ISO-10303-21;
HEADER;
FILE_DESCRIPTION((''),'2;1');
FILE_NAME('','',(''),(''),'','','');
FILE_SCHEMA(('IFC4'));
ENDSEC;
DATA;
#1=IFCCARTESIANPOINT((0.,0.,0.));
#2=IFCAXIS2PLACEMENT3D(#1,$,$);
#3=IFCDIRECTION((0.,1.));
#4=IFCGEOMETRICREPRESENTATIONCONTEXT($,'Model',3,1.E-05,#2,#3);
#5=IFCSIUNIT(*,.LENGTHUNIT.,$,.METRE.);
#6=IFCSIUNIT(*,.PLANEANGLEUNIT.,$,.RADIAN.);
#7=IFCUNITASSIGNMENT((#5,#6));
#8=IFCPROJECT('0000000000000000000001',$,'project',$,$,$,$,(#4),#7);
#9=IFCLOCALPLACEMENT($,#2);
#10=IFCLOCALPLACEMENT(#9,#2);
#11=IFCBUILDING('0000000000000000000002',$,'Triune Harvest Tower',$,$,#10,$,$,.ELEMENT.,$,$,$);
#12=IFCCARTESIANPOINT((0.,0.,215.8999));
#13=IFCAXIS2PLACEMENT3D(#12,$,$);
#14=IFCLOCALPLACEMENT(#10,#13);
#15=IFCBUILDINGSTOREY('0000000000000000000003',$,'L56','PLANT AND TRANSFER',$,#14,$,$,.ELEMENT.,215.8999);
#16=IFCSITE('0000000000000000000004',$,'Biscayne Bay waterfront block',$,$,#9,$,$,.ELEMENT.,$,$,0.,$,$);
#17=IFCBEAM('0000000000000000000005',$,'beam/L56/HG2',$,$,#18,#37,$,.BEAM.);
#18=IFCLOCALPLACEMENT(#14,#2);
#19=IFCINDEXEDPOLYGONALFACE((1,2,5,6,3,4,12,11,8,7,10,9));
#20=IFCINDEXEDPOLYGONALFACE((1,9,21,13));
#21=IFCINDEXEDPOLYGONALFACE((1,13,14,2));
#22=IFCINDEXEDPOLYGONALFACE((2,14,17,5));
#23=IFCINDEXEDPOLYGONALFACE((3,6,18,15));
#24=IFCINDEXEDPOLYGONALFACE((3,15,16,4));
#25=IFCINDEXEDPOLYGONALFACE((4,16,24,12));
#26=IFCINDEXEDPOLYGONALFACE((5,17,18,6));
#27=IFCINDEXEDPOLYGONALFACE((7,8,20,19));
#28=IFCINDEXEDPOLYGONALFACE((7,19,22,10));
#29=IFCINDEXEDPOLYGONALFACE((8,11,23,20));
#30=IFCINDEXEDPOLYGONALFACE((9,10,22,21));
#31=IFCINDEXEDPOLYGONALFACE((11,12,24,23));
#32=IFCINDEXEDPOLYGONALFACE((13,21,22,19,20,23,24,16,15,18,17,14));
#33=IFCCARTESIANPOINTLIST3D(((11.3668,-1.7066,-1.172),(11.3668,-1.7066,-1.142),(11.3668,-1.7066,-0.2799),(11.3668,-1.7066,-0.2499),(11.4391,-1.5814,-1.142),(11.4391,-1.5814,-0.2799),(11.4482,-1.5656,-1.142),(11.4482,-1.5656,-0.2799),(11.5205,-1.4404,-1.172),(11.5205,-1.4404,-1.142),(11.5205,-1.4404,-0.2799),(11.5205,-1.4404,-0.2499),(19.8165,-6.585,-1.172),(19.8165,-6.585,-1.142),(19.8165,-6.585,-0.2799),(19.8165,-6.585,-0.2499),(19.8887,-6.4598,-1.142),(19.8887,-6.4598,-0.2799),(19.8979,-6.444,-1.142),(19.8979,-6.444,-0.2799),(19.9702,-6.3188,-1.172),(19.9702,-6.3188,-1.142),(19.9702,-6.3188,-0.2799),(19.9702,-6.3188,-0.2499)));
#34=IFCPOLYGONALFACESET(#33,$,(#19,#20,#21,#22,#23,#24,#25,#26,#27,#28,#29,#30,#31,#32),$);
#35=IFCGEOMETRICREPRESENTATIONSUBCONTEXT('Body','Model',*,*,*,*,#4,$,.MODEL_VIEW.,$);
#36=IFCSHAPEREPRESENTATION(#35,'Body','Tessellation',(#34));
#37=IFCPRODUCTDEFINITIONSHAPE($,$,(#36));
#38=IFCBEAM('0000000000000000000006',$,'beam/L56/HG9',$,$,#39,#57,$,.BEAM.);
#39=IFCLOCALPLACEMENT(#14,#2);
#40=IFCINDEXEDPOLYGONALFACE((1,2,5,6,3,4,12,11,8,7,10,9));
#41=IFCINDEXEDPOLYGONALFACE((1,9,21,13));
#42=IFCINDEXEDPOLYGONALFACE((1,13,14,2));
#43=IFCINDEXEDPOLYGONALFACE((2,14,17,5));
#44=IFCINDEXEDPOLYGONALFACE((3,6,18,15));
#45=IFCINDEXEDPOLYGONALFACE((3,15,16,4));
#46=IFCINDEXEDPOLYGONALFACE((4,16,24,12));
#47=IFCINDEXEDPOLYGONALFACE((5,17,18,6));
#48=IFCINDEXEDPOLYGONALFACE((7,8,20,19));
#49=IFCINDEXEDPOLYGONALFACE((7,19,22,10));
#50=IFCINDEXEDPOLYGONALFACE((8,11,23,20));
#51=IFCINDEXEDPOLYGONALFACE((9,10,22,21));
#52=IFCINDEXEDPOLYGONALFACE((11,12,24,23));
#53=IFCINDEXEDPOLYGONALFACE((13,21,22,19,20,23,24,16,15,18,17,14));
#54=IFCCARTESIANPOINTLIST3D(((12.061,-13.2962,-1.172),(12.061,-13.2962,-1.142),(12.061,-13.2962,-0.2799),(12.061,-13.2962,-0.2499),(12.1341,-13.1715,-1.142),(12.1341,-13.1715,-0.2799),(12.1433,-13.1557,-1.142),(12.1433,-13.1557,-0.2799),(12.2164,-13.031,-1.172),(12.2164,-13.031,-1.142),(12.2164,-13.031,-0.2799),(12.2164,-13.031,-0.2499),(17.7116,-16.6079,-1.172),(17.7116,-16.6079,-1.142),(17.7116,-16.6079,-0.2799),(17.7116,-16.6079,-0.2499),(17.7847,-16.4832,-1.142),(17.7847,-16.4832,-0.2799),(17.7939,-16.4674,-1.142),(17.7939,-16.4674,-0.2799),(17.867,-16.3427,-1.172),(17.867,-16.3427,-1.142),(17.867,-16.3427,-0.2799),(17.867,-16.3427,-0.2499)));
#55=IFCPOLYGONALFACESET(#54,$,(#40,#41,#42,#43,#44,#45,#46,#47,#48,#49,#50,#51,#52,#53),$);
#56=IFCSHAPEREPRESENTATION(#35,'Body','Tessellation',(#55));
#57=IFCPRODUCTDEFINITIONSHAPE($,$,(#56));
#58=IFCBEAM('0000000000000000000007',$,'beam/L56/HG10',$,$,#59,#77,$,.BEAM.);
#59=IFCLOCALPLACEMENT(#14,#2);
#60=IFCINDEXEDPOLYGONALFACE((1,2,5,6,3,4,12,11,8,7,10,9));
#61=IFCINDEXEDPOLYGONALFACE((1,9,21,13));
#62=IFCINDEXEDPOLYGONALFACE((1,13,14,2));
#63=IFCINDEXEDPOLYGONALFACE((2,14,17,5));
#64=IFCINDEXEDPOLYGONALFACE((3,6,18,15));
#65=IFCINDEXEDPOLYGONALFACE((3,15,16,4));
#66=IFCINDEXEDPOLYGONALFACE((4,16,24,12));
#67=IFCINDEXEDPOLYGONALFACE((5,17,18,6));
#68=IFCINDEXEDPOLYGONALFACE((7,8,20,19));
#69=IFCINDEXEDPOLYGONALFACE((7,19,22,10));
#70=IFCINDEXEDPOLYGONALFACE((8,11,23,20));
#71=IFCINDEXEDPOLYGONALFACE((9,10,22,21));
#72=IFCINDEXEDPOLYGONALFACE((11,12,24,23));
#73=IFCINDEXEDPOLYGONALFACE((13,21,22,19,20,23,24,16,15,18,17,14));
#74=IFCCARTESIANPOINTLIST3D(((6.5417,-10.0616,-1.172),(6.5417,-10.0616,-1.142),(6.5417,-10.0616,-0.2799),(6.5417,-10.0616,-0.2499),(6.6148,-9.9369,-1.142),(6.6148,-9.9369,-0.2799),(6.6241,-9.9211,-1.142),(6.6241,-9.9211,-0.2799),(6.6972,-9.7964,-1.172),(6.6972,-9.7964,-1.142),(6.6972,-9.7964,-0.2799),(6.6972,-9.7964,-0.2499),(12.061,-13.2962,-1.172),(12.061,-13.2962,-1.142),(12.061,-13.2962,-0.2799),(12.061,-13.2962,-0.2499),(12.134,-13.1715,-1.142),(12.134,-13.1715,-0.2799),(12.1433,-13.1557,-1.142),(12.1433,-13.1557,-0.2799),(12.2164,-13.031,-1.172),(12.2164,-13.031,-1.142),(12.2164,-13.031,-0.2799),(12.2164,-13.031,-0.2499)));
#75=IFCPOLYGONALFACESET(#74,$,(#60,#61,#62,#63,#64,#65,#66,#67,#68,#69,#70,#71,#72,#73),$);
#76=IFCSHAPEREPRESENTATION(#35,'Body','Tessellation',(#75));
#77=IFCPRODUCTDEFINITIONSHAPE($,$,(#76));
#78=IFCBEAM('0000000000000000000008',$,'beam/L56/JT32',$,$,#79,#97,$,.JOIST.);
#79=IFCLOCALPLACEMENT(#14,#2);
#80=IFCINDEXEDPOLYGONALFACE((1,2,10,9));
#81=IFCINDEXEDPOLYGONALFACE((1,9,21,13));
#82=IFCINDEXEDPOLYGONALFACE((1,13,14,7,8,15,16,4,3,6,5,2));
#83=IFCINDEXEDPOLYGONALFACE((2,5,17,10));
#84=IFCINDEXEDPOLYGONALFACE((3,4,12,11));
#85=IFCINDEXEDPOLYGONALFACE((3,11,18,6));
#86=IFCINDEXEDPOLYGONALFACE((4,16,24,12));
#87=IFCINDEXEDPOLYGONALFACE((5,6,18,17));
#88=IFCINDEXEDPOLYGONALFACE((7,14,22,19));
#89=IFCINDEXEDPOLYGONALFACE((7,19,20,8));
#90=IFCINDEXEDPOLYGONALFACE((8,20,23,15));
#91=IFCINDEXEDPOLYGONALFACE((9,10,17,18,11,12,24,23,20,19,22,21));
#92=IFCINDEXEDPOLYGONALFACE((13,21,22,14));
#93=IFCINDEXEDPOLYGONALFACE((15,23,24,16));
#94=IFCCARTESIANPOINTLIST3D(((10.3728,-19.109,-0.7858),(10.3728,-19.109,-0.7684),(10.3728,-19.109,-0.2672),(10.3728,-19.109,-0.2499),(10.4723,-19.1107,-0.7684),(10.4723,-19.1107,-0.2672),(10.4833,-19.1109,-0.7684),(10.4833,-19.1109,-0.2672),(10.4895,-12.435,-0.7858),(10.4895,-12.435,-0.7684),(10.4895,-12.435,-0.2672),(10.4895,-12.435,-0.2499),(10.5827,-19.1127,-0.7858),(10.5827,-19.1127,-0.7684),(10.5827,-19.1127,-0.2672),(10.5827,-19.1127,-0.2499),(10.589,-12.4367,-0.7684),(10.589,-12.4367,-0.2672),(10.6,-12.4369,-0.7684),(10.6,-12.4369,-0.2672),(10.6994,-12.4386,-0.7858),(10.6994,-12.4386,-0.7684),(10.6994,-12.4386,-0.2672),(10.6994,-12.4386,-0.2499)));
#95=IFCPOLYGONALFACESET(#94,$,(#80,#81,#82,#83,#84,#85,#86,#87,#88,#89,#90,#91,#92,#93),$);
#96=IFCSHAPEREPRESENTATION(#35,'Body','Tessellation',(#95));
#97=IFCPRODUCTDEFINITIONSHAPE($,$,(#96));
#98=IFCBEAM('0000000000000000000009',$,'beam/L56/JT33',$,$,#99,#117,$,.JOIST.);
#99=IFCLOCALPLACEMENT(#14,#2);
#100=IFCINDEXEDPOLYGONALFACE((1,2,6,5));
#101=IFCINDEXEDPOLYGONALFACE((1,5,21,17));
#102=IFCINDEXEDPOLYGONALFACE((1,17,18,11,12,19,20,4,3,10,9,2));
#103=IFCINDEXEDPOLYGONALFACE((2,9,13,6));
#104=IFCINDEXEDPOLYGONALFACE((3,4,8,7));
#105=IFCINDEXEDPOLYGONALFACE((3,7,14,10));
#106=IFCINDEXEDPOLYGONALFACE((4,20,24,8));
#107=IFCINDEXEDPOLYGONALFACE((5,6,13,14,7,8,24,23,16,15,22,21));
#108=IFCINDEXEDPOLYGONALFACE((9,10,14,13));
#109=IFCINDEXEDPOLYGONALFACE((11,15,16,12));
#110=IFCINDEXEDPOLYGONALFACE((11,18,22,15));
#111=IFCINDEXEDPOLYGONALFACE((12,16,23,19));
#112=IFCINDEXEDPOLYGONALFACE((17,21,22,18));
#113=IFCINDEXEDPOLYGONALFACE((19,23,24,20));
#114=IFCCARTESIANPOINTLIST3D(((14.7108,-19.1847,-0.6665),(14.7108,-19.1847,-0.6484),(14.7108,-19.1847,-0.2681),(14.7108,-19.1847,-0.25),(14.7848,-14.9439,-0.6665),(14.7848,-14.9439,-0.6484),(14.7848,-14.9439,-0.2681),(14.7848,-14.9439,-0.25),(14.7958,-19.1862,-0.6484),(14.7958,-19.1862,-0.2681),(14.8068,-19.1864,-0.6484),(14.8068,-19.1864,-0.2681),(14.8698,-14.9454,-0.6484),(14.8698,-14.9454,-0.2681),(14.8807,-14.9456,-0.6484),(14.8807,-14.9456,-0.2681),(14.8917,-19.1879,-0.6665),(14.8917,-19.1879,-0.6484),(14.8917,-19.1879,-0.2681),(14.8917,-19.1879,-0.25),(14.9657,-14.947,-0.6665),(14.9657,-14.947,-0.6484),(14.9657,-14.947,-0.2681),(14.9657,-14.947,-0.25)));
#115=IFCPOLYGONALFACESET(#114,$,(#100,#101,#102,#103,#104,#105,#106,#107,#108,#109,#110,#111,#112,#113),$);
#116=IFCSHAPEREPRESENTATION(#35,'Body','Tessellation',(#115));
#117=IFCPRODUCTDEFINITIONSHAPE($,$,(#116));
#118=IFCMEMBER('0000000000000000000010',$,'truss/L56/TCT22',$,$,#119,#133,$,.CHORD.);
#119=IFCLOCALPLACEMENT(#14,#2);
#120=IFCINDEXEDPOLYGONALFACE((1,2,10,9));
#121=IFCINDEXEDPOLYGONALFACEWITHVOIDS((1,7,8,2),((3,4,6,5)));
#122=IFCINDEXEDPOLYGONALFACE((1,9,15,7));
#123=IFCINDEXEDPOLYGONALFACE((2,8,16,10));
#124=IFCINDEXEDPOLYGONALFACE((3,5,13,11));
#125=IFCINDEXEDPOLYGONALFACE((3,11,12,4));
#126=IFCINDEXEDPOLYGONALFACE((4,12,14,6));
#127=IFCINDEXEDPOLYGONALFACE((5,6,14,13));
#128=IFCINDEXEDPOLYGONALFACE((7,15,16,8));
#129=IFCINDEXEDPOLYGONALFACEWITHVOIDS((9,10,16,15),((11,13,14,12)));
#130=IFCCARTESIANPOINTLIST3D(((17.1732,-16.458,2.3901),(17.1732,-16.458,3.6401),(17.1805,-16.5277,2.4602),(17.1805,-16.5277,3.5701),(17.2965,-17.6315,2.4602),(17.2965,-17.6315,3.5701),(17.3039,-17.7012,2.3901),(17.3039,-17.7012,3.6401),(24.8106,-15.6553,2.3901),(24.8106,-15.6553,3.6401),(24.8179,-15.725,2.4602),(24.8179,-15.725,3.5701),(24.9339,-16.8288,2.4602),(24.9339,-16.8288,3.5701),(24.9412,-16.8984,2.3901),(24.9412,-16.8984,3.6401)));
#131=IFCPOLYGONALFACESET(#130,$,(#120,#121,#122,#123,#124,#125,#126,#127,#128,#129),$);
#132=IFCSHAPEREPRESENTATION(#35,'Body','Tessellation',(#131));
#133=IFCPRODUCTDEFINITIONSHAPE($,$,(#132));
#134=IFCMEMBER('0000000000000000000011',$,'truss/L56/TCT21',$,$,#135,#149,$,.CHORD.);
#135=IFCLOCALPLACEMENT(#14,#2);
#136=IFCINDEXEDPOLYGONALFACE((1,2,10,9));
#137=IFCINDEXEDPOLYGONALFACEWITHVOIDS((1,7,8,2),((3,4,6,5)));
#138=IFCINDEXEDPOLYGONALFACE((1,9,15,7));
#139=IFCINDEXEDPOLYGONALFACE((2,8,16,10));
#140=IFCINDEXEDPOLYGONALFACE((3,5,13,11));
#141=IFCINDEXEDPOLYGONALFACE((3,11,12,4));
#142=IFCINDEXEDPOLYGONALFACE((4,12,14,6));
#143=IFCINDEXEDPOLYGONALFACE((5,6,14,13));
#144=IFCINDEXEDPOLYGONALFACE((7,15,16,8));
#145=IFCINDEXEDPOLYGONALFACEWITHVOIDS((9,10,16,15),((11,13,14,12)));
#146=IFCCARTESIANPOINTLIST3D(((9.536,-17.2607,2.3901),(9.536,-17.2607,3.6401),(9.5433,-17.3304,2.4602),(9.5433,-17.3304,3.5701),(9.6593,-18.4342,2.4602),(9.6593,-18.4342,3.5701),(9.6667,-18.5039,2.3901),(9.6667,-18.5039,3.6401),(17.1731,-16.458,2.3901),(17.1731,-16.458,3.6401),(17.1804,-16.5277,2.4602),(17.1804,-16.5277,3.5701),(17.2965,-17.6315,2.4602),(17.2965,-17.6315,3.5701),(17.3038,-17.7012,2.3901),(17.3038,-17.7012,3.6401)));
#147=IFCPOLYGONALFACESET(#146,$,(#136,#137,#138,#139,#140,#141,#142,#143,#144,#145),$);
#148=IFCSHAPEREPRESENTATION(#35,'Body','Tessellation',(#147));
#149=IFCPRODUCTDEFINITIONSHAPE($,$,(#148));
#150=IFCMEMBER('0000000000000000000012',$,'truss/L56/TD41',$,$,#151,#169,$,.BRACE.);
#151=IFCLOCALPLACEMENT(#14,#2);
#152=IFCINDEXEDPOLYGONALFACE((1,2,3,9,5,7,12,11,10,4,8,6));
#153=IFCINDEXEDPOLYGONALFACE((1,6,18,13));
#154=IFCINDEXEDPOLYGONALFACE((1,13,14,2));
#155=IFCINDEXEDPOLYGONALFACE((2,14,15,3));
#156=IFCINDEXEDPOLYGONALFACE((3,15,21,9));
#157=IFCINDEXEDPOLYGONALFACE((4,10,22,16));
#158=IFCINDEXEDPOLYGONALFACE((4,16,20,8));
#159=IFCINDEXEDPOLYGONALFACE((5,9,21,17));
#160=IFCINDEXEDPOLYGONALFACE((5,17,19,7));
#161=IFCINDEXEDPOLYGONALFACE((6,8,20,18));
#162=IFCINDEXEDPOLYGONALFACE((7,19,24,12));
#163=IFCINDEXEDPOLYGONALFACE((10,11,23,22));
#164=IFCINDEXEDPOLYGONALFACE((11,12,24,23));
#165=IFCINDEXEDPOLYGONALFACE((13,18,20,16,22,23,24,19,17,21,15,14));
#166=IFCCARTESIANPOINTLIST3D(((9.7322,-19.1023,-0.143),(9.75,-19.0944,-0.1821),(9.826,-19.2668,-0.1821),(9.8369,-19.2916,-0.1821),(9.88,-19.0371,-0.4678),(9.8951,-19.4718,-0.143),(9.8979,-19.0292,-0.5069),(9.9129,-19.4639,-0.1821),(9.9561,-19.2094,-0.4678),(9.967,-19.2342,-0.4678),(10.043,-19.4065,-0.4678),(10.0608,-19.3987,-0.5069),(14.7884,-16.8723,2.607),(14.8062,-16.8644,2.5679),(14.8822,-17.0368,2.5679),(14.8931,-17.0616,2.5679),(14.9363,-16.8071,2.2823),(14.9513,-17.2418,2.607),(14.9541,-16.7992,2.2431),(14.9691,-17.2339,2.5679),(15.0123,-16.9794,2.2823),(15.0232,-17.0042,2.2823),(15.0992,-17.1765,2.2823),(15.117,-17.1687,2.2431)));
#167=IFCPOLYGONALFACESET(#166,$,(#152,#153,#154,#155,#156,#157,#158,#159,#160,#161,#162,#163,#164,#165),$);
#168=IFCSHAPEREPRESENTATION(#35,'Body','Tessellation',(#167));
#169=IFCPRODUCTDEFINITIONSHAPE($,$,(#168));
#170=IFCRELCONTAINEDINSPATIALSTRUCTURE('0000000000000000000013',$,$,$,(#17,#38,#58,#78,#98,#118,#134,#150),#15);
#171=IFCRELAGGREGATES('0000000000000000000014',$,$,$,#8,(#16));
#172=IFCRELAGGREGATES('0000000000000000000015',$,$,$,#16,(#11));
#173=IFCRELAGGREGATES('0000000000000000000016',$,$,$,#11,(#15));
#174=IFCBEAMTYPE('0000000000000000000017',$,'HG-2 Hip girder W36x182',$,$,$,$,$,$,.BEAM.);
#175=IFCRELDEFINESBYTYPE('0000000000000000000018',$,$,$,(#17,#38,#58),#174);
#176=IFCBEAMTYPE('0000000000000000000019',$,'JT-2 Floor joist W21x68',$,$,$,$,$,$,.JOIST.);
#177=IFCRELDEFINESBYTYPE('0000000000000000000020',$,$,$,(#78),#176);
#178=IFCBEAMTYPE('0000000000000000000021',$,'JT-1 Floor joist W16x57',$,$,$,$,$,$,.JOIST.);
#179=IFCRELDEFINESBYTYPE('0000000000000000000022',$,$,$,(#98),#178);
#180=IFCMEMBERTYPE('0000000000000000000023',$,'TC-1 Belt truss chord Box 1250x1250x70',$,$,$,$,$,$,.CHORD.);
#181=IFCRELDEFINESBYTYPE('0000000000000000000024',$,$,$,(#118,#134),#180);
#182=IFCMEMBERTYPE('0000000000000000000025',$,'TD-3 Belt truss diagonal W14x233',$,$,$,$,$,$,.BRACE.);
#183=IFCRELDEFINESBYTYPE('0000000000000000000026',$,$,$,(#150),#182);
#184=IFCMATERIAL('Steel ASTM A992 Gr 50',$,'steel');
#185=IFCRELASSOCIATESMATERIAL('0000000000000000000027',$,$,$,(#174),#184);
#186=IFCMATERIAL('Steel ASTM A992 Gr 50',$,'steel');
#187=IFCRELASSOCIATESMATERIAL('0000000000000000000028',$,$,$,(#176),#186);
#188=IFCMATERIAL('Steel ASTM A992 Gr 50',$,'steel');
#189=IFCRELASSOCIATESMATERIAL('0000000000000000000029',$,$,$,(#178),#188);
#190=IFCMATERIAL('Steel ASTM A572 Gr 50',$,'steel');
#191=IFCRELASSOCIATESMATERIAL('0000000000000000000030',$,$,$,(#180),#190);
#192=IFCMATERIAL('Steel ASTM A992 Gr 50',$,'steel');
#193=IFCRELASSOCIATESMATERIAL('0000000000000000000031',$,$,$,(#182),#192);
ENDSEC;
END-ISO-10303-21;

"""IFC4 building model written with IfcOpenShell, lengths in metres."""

from ifc_helpers import new_model, si_unit, direction, frame, origin, origin_2d, place, context, subcontext, project, spatial, hollow_rectangle, i_section, extrude, source, transform, mapped, material, material_profile, profile_set, type_object, element, save


model = new_model("IFC4")

# Units and contexts
model_context = context("Model", 3, precision=1e-05, world=origin(), true_north=direction((0.0, 1.0)))
body_context = subcontext(model_context, "Body", "Model", "MODEL_VIEW")
ifc_project = project(units=[si_unit("LENGTHUNIT", "METRE"), si_unit("PLANEANGLEUNIT", "RADIAN")], contexts=[model_context])

# Site, building, storey
site_placement = place(None, origin())
site = spatial("IfcSite", under=ifc_project, at=site_placement, Name="Biscayne Bay waterfront block", CompositionType="ELEMENT", RefElevation=0.0)
building_placement = place(site_placement, origin())
building = spatial("IfcBuilding", under=site, at=building_placement, Name="Triune Harvest Tower", CompositionType="ELEMENT")
storey_placement = place(building_placement, frame((0.0, 0.0, 215.8999)))
storey = spatial("IfcBuildingStorey", under=building, at=storey_placement, Name="L56", Description="PLANT AND TRANSFER", CompositionType="ELEMENT", Elevation=215.8999)

# Beams
ifc_material_1 = material(Name="Steel ASTM A992 Gr 50", Category="steel")
ifc_material_profile_1 = material_profile(ifc_material_1, i_section(OverallWidth=0.3074, OverallDepth=0.9221, WebThickness=0.0183, FlangeThickness=0.03, at=origin_2d()), Name="W36x182")
ifc_profile_set_1 = profile_set([ifc_material_profile_1], Name="Steel ASTM A992 Gr 50")
beam_type_1 = type_object("IfcBeamType", Name="HG-2 Hip girder W36x182", PredefinedType="BEAM", material=ifc_profile_set_1)
shared_shape_1 = source(origin(), body_context, "Body", "SweptSolid", [
    extrude(i_section(OverallWidth=0.3074, OverallDepth=0.9221, WebThickness=0.0183, FlangeThickness=0.03, at=origin_2d()), origin(), (0.0, 0.0, 1.0), 9.7568),
])
beam_1_placement = place(storey_placement, frame((19.8933, -6.4519, -0.7109), z_axis=(-0.866026, 0.499998, 0.0), x_axis=(-0.499998, -0.866026, 0.0)))
element("IfcBeam", 1, at=beam_1_placement, inside=storey, type_object=beam_type_1, Name="beam/L56/HG2", PredefinedType="BEAM", context=body_context, shape_type="MappedRepresentation", body=[
    mapped(shared_shape_1, transform((0.0, 0.0, 0.0), scale=1.0)),
])
shared_shape_2 = source(origin(), body_context, "Body", "SweptSolid", [
    extrude(i_section(OverallWidth=0.3074, OverallDepth=0.9221, WebThickness=0.0183, FlangeThickness=0.03, at=origin_2d()), origin(), (0.0, 0.0, 1.0), 6.5496),
])
beam_2_placement = place(storey_placement, frame((17.7893, -16.4753, -0.7109), z_axis=(-0.862743, 0.505643, 0.0), x_axis=(-0.505643, -0.862743, 0.0)))
element("IfcBeam", 2, at=beam_2_placement, inside=storey, type_object=beam_type_1, Name="beam/L56/HG9", PredefinedType="BEAM", context=body_context, shape_type="MappedRepresentation", body=[
    mapped(shared_shape_2, transform((0.0, 0.0, 0.0), scale=1.0)),
])
shared_shape_3 = source(origin(), body_context, "Body", "SweptSolid", [
    extrude(i_section(OverallWidth=0.3074, OverallDepth=0.9221, WebThickness=0.0183, FlangeThickness=0.03, at=origin_2d()), origin(), (0.0, 0.0, 1.0), 6.3972),
])
beam_3_placement = place(storey_placement, frame((12.1387, -13.1636, -0.7109), z_axis=(-0.862754, 0.505624, 0.0), x_axis=(-0.505624, -0.862754, 0.0)))
element("IfcBeam", 3, at=beam_3_placement, inside=storey, type_object=beam_type_1, Name="beam/L56/HG10", PredefinedType="BEAM", context=body_context, shape_type="MappedRepresentation", body=[
    mapped(shared_shape_3, transform((0.0, 0.0, 0.0), scale=1.0)),
])
ifc_material_2 = material(Name="Steel ASTM A992 Gr 50", Category="steel")
ifc_material_profile_2 = material_profile(ifc_material_2, i_section(OverallWidth=0.21, OverallDepth=0.5359, WebThickness=0.011, FlangeThickness=0.0173, at=origin_2d()), Name="W21x68")
ifc_profile_set_2 = profile_set([ifc_material_profile_2], Name="Steel ASTM A992 Gr 50")
beam_type_2 = type_object("IfcBeamType", Name="JT-2 Floor joist W21x68", PredefinedType="JOIST", material=ifc_profile_set_2)
shared_shape_4 = source(origin(), body_context, "Body", "SweptSolid", [
    extrude(i_section(OverallWidth=0.21, OverallDepth=0.5359, WebThickness=0.011, FlangeThickness=0.0173, at=origin_2d()), origin(), (0.0, 0.0, 1.0), 6.675),
])
beam_4_placement = place(storey_placement, frame((10.4778, -19.1108, -0.5178), z_axis=(0.017483, 0.999847, 0.0), x_axis=(-0.999847, 0.017483, 0.0)))
element("IfcBeam", 4, at=beam_4_placement, inside=storey, type_object=beam_type_2, Name="beam/L56/JT32", PredefinedType="JOIST", context=body_context, shape_type="MappedRepresentation", body=[
    mapped(shared_shape_4, transform((0.0, 0.0, 0.0), scale=1.0)),
])
ifc_material_3 = material(Name="Steel ASTM A992 Gr 50", Category="steel")
ifc_material_profile_3 = material_profile(ifc_material_3, i_section(OverallWidth=0.1809, OverallDepth=0.4165, WebThickness=0.011, FlangeThickness=0.0181, at=origin_2d()), Name="W16x57")
ifc_profile_set_3 = profile_set([ifc_material_profile_3], Name="Steel ASTM A992 Gr 50")
beam_type_3 = type_object("IfcBeamType", Name="JT-1 Floor joist W16x57", PredefinedType="JOIST", material=ifc_profile_set_3)
shared_shape_5 = source(origin(), body_context, "Body", "SweptSolid", [
    extrude(i_section(OverallWidth=0.1809, OverallDepth=0.4165, WebThickness=0.011, FlangeThickness=0.0181, at=origin_2d()), origin(), (0.0, 0.0, 1.0), 4.2415),
])
beam_5_placement = place(storey_placement, frame((14.8013, -19.1863, -0.4583), z_axis=(0.017441, 0.999848, 0.0), x_axis=(-0.999848, 0.017441, 0.0)))
element("IfcBeam", 5, at=beam_5_placement, inside=storey, type_object=beam_type_3, Name="beam/L56/JT33", PredefinedType="JOIST", context=body_context, shape_type="MappedRepresentation", body=[
    mapped(shared_shape_5, transform((0.0, 0.0, 0.0), scale=1.0)),
])

# Members
ifc_material_4 = material(Name="Steel ASTM A572 Gr 50", Category="steel")
ifc_material_profile_4 = material_profile(ifc_material_4, hollow_rectangle(XDim=1.25, YDim=1.25, WallThickness=0.0701, at=origin_2d()), Name="Box 1250x1250x70")
ifc_profile_set_4 = profile_set([ifc_material_profile_4], Name="Steel ASTM A572 Gr 50")
member_type_1 = type_object("IfcMemberType", Name="TC-1 Belt truss chord Box 1250x1250x70", PredefinedType="CHORD", material=ifc_profile_set_4)
shared_shape_6 = source(origin(), body_context, "Body", "SweptSolid", [
    extrude(hollow_rectangle(XDim=1.25, YDim=1.25, WallThickness=0.0701, at=origin_2d()), origin(), (0.0, 0.0, 1.0), 7.6794),
])
member_1_placement = place(storey_placement, frame((17.2385, -17.0796, 3.0151), z_axis=(0.994522, 0.104529, 0.0), x_axis=(-0.104529, 0.994522, 0.0)))
element("IfcMember", 6, at=member_1_placement, inside=storey, type_object=member_type_1, Name="truss/L56/TCT22", PredefinedType="CHORD", context=body_context, shape_type="MappedRepresentation", body=[
    mapped(shared_shape_6, transform((0.0, 0.0, 0.0), scale=1.0)),
])
shared_shape_7 = source(origin(), body_context, "Body", "SweptSolid", [
    extrude(hollow_rectangle(XDim=1.25, YDim=1.25, WallThickness=0.0701, at=origin_2d()), origin(), (0.0, 0.0, 1.0), 7.6792),
])
member_2_placement = place(storey_placement, frame((9.6013, -17.8823, 3.0151), z_axis=(0.994521, 0.104533, 0.0), x_axis=(-0.104533, 0.994521, 0.0)))
element("IfcMember", 7, at=member_2_placement, inside=storey, type_object=member_type_1, Name="truss/L56/TCT21", PredefinedType="CHORD", context=body_context, shape_type="MappedRepresentation", body=[
    mapped(shared_shape_7, transform((0.0, 0.0, 0.0), scale=1.0)),
])
ifc_material_5 = material(Name="Steel ASTM A992 Gr 50", Category="steel")
ifc_material_profile_5 = material_profile(ifc_material_5, i_section(OverallWidth=0.4038, OverallDepth=0.4065, WebThickness=0.0271, FlangeThickness=0.0437, at=origin_2d()), Name="W14x233")
ifc_profile_set_5 = profile_set([ifc_material_profile_5], Name="Steel ASTM A992 Gr 50")
member_type_2 = type_object("IfcMemberType", Name="TD-3 Belt truss diagonal W14x233", PredefinedType="BRACE", material=ifc_profile_set_5)
shared_shape_8 = source(origin(), body_context, "Body", "SweptSolid", [
    extrude(i_section(OverallWidth=0.4038, OverallDepth=0.4065, WebThickness=0.0271, FlangeThickness=0.0437, at=origin_2d()), origin(), (0.0, 0.0, 1.0), 6.1726),
])
member_3_placement = place(storey_placement, frame((9.8965, -19.2505, -0.325), z_axis=(0.819139, 0.361276, 0.445523), x_axis=(-0.403538, 0.914963, 0.0)))
element("IfcMember", 8, at=member_3_placement, inside=storey, type_object=member_type_2, Name="truss/L56/TD41", PredefinedType="BRACE", context=body_context, shape_type="MappedRepresentation", body=[
    mapped(shared_shape_8, transform((0.0, 0.0, 0.0), scale=1.0)),
])

save(model, "model.ifc")
